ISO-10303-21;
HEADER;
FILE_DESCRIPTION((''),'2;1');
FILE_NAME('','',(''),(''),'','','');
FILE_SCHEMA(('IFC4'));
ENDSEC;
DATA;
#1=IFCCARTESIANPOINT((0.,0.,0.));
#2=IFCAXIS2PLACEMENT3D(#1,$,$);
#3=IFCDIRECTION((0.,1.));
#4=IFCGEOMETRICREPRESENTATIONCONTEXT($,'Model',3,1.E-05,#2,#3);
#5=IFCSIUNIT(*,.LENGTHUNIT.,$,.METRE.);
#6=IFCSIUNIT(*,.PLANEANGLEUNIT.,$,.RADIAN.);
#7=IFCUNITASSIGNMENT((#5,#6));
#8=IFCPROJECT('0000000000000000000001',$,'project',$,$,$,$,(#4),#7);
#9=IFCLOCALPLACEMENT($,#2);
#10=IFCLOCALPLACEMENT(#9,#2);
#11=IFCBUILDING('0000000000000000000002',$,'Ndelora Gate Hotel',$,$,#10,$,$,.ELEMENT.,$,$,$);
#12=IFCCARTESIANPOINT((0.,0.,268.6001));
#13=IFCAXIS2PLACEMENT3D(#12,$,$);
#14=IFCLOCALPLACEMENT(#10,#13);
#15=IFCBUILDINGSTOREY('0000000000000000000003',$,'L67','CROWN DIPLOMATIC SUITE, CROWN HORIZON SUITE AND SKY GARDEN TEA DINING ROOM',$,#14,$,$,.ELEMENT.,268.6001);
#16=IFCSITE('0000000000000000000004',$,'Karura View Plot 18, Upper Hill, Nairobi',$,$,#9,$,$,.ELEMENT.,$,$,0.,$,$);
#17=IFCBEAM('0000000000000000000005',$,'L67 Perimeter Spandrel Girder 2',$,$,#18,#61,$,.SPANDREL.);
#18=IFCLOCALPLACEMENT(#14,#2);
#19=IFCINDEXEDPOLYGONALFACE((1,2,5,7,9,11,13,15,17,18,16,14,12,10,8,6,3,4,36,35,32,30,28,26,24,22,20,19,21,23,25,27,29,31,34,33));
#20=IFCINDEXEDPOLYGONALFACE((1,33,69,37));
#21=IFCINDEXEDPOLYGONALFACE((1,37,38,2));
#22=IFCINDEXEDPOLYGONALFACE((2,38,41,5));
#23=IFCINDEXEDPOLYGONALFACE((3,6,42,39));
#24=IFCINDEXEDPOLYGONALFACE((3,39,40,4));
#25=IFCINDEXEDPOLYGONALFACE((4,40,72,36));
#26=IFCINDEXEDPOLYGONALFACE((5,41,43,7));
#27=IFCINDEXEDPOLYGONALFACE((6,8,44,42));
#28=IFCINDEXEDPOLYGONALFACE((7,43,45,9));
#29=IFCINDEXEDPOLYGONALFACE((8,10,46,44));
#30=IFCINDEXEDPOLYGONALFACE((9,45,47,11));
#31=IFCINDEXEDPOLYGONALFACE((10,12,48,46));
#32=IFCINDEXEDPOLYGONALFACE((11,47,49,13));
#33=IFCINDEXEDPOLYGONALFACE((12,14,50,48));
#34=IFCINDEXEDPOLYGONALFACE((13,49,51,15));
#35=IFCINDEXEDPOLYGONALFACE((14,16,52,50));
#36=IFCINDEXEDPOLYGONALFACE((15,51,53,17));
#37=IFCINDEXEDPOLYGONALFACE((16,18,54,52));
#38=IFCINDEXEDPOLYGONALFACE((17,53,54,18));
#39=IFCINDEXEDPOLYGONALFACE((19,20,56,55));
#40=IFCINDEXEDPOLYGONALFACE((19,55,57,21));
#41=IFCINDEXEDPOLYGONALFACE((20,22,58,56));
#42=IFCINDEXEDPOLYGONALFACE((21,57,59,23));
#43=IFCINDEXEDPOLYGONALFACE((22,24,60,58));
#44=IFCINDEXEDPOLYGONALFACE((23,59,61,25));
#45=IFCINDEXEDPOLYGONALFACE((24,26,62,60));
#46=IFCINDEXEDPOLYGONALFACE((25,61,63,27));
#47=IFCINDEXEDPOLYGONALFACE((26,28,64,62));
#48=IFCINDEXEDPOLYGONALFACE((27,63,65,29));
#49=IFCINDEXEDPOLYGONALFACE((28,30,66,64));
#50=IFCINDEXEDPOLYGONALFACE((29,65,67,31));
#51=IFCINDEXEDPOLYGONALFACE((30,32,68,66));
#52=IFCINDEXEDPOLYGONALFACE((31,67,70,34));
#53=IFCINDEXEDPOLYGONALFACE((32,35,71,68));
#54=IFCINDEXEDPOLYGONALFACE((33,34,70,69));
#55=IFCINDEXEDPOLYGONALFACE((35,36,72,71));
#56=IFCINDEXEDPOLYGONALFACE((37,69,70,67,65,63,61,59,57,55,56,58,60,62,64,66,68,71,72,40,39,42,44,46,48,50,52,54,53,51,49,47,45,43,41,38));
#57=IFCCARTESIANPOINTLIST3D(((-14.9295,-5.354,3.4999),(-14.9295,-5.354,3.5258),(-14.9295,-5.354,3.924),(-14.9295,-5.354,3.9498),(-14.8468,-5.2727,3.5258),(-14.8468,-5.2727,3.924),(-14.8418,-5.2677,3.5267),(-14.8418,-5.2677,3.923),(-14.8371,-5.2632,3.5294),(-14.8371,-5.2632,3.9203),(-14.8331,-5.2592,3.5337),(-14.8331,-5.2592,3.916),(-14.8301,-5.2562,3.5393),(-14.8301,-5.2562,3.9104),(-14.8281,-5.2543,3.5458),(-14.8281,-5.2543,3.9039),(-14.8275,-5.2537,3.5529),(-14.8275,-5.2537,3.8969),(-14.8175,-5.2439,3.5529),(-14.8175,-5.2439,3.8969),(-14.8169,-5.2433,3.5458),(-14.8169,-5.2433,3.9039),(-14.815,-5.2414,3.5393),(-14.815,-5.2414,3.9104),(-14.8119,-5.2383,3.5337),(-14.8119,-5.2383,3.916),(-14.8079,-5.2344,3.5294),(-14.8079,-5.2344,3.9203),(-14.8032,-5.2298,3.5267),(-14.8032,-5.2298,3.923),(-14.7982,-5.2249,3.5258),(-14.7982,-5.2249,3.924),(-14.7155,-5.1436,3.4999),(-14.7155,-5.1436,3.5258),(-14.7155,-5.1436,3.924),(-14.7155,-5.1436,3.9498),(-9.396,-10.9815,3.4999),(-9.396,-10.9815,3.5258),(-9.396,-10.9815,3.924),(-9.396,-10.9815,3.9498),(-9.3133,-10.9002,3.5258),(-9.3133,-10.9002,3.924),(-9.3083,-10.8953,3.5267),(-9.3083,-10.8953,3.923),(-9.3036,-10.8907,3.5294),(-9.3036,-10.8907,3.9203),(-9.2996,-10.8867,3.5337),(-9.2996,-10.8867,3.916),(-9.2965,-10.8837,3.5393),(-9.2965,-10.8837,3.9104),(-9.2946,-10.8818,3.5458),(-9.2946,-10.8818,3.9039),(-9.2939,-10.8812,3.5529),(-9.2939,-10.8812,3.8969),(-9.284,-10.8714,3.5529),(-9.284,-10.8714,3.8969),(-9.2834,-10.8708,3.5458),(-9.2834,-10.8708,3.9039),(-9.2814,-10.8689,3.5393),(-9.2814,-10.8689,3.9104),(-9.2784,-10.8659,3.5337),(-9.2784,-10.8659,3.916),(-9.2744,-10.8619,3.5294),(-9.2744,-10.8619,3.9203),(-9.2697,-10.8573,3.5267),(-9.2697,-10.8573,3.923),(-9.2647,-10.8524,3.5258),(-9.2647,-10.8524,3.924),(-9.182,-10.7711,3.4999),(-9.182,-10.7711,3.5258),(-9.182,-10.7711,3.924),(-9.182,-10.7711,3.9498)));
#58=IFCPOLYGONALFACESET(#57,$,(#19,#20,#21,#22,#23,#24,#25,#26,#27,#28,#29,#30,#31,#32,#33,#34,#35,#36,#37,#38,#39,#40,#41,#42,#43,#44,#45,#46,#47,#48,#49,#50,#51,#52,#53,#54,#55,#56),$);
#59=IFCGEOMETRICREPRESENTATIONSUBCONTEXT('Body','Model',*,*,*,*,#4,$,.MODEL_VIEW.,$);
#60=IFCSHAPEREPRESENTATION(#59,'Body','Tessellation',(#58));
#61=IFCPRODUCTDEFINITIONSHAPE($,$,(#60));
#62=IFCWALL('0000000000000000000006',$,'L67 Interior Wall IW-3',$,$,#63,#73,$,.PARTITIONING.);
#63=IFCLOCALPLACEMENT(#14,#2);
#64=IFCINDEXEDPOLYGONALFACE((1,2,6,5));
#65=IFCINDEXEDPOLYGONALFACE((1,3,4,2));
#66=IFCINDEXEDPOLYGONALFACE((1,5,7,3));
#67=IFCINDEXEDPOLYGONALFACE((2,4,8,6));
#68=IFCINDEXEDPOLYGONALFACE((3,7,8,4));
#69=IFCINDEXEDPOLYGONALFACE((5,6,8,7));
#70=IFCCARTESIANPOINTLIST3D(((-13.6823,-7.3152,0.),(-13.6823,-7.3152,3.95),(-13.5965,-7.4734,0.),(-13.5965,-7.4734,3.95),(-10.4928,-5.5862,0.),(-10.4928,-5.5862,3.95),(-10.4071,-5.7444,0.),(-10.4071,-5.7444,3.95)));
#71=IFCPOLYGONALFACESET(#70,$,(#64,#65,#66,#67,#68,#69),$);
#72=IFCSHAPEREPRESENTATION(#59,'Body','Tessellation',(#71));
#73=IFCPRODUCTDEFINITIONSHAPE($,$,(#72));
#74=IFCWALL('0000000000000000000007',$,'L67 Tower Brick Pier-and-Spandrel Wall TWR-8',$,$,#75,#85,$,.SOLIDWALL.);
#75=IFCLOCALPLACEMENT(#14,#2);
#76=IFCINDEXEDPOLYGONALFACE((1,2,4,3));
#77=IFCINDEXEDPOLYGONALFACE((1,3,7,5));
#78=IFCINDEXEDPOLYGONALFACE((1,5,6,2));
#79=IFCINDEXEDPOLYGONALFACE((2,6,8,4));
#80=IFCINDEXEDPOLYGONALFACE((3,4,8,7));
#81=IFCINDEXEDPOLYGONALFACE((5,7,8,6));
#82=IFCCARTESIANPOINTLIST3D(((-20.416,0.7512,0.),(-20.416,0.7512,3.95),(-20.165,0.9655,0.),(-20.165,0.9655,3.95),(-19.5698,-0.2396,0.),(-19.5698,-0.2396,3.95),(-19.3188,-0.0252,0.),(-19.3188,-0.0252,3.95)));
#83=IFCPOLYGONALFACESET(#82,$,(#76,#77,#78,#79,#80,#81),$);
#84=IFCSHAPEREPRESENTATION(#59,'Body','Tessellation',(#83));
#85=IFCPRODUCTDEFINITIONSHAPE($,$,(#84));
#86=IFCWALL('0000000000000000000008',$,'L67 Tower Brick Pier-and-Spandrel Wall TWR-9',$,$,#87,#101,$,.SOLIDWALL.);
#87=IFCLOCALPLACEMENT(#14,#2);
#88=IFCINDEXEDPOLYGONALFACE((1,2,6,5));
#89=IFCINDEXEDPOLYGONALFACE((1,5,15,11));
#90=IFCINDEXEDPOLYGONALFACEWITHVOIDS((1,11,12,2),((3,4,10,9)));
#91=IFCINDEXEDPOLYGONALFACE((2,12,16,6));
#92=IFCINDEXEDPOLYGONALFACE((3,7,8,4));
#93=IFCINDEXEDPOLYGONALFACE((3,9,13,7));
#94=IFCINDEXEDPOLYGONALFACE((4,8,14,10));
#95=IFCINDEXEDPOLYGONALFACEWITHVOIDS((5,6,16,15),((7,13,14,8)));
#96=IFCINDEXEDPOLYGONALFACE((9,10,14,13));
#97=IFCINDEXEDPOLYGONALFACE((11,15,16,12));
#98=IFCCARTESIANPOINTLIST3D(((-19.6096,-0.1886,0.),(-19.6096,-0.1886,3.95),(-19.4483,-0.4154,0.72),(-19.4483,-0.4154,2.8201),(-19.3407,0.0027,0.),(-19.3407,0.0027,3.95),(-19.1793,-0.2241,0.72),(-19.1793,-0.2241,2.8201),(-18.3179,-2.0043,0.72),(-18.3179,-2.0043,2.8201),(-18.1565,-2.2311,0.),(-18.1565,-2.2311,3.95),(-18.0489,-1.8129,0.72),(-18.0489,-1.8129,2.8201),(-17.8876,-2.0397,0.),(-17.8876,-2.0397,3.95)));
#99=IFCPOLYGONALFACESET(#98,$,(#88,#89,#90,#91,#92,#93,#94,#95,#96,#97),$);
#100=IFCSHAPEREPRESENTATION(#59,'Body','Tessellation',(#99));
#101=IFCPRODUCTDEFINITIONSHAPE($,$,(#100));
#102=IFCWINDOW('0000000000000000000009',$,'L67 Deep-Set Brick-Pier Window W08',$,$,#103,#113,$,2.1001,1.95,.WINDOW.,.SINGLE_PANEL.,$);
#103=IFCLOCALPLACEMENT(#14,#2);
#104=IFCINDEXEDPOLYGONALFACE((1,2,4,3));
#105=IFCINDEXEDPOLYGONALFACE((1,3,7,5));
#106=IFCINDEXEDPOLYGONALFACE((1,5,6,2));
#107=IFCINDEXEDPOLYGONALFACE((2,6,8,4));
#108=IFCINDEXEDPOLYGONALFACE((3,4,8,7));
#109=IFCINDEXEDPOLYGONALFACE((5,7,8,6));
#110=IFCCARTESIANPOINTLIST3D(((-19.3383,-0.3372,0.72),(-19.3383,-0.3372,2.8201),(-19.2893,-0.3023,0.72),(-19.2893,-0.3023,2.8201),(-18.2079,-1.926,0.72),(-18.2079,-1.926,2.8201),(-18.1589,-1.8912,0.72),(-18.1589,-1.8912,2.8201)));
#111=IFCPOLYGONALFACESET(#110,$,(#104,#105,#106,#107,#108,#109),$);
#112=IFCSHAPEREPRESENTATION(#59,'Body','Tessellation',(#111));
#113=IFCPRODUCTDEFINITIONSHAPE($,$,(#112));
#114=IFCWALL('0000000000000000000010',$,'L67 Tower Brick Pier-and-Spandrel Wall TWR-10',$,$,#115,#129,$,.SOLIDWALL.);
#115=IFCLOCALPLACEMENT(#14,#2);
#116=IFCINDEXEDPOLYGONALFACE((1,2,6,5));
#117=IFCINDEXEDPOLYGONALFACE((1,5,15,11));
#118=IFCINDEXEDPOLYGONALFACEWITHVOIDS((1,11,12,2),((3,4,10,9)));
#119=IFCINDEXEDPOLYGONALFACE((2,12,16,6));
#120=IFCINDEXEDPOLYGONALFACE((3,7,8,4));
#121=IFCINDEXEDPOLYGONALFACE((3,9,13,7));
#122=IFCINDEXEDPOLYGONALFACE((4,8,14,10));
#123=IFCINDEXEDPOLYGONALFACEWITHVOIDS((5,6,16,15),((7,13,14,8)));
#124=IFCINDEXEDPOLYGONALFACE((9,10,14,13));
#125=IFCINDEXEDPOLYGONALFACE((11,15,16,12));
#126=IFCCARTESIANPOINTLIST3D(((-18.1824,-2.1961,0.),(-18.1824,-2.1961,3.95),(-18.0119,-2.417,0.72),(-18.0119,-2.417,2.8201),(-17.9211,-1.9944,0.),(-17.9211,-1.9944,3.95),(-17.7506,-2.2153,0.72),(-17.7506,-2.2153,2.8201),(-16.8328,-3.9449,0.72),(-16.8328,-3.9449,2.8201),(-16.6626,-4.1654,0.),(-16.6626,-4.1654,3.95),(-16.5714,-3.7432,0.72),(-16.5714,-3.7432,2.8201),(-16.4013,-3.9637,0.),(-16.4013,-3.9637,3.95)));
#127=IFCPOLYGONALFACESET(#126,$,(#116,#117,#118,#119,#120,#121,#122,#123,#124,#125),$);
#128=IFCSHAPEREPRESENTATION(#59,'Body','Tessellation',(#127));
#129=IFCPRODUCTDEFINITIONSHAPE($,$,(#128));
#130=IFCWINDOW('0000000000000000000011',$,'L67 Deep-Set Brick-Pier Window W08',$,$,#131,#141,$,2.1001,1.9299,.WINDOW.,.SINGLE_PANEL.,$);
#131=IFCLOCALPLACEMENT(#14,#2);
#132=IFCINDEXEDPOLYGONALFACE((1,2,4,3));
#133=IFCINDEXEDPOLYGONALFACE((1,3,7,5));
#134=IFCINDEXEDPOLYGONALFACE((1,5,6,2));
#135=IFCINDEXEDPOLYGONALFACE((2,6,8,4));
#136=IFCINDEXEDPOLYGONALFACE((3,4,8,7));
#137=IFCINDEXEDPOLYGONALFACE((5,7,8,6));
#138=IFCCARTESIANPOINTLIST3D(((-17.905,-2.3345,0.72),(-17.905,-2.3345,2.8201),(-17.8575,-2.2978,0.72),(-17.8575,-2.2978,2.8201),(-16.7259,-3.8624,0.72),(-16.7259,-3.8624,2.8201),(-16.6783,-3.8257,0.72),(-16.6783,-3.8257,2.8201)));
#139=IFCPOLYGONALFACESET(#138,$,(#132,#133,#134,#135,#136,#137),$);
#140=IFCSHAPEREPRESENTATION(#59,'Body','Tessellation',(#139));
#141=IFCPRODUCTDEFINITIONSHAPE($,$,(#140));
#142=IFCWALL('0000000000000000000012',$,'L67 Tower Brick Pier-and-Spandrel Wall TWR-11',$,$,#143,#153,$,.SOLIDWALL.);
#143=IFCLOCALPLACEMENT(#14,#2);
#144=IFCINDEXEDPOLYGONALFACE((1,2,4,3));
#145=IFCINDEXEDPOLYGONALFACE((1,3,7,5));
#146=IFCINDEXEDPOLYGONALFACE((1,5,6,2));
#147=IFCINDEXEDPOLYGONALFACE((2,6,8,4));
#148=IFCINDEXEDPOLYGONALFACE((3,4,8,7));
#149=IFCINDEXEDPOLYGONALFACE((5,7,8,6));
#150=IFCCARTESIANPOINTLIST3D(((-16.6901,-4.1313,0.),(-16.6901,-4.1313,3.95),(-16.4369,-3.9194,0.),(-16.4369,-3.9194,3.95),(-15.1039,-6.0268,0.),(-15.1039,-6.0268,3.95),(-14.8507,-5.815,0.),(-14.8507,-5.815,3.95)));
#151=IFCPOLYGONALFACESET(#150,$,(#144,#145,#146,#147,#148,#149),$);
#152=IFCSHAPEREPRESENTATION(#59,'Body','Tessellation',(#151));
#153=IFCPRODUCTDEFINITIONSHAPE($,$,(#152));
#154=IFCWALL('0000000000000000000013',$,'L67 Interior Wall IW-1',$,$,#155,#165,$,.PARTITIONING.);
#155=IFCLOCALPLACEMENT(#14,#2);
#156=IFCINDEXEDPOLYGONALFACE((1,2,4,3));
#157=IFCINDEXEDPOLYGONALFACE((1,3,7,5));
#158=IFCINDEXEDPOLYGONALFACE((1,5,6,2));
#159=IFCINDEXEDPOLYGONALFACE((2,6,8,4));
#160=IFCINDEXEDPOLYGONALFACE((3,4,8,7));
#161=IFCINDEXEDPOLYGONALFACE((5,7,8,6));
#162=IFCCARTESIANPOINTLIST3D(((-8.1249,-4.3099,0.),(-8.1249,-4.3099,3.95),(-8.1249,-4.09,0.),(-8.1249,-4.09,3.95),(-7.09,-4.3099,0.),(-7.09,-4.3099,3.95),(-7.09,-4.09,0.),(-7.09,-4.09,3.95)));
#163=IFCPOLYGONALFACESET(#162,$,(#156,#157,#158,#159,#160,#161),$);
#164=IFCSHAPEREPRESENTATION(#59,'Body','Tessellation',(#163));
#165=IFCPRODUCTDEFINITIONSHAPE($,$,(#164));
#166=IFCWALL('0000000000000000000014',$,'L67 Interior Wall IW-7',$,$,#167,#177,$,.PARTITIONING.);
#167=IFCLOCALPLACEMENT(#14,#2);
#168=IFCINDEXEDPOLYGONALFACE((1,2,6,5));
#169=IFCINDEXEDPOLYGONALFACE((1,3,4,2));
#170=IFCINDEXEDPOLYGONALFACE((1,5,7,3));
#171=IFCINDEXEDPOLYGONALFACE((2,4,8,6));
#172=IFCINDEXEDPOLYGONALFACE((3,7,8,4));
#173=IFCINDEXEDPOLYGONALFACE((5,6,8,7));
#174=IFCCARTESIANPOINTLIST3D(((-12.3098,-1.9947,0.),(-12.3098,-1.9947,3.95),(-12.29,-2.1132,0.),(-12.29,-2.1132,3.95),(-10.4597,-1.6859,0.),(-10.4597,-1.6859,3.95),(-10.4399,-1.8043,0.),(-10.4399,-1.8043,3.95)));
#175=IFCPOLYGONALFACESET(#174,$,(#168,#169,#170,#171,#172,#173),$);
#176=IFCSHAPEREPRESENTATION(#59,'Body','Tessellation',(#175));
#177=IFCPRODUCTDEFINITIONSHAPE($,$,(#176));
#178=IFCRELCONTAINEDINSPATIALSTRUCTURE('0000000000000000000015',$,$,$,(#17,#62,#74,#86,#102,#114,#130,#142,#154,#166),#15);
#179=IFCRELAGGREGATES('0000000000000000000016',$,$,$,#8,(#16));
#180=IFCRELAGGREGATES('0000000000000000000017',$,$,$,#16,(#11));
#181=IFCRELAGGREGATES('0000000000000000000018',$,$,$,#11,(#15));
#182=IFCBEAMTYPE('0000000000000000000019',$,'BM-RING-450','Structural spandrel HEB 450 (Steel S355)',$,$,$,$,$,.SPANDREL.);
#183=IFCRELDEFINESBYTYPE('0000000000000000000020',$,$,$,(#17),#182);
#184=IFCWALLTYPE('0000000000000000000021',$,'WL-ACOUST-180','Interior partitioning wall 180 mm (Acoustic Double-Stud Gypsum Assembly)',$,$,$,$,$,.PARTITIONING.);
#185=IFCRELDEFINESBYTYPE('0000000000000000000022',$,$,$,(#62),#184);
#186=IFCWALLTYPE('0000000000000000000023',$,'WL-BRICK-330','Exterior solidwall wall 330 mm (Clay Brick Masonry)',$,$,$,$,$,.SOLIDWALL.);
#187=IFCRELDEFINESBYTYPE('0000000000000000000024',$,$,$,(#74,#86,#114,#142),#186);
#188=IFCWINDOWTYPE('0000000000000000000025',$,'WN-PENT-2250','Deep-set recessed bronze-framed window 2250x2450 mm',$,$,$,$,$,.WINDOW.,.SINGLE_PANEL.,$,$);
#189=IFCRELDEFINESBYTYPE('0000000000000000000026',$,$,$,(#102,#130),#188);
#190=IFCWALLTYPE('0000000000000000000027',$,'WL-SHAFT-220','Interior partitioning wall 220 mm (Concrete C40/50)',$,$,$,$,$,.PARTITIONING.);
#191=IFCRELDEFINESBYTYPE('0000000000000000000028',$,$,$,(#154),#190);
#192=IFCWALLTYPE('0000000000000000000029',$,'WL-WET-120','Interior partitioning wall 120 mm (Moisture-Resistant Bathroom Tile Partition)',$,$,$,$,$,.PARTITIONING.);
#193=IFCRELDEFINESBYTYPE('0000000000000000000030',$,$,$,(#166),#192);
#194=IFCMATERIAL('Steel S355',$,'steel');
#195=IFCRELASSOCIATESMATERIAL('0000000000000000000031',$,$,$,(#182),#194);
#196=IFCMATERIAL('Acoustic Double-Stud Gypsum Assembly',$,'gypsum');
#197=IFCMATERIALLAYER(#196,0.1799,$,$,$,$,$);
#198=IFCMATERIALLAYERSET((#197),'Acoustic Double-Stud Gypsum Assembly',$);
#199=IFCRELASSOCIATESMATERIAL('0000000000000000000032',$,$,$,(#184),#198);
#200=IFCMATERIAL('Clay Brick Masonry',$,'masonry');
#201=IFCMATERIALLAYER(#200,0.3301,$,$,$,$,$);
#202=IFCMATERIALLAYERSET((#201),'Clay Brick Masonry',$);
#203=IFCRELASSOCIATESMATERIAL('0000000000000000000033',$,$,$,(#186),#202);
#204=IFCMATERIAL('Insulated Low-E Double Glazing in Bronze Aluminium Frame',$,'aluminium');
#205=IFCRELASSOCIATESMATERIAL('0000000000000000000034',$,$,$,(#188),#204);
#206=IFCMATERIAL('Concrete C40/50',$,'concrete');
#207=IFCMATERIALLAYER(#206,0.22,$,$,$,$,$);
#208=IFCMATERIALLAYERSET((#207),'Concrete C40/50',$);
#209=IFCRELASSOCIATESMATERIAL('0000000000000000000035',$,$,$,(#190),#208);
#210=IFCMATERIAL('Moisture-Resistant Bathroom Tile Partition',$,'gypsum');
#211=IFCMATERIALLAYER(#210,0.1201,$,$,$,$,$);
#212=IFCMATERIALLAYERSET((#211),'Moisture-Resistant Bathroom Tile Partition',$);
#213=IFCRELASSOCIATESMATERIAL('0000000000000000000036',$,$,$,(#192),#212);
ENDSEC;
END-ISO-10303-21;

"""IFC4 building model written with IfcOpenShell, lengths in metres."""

from ifc_helpers import new_model, si_unit, direction, frame, frame_2d, origin, origin_2d, place, context, subcontext, project, spatial, rectangle, i_section, extrude, material, layer, layer_set, material_profile, profile_set, type_object, element, fill, save


model = new_model("IFC4")

# Units and contexts
model_context = context("Model", 3, precision=1e-05, world=origin(), true_north=direction((0.0, 1.0)))
body_context = subcontext(model_context, "Body", "Model", "MODEL_VIEW")
ifc_project = project(units=[si_unit("LENGTHUNIT", "METRE"), si_unit("PLANEANGLEUNIT", "RADIAN")], contexts=[model_context])

# Site, building, storey
site_placement = place(None, origin())
site = spatial("IfcSite", under=ifc_project, at=site_placement, Name="Karura View Plot 18, Upper Hill, Nairobi", CompositionType="ELEMENT", RefElevation=0.0)
building_placement = place(site_placement, origin())
building = spatial("IfcBuilding", under=site, at=building_placement, Name="Ndelora Gate Hotel", CompositionType="ELEMENT")
storey_placement = place(building_placement, frame((0.0, 0.0, 268.6001)))
storey = spatial("IfcBuildingStorey", under=building, at=storey_placement, Name="L67", Description="CROWN DIPLOMATIC SUITE, CROWN HORIZON SUITE AND SKY GARDEN TEA DINING ROOM", CompositionType="ELEMENT", Elevation=268.6001)

# Beam
ifc_material_1 = material(Name="Steel S355", Category="steel")
ifc_material_profile_1 = material_profile(ifc_material_1, i_section(OverallWidth=0.3, OverallDepth=0.45, WebThickness=0.0139, FlangeThickness=0.0259, FilletRadius=0.0271, at=origin_2d()), Name="HEB 450")
ifc_profile_set_1 = profile_set([ifc_material_profile_1], Name="Steel S355")
beam_type_1 = type_object("IfcBeamType", Name="BM-RING-450", Description="Structural spandrel HEB 450 (Steel S355)", PredefinedType="SPANDREL", material=ifc_profile_set_1)
beam_1_placement = place(storey_placement, frame((-14.8225, -5.2488, 3.7249), z_axis=(0.701127, -0.713037, 0.0), x_axis=(0.713037, 0.701127, 0.0)))
element("IfcBeam", 1, at=beam_1_placement, inside=storey, type_object=beam_type_1, Name="L67 Perimeter Spandrel Girder 2", PredefinedType="SPANDREL", context=body_context, shape_type="SweptSolid", body=[
    extrude(i_section(OverallWidth=0.3, OverallDepth=0.45, WebThickness=0.0139, FlangeThickness=0.0259, FilletRadius=0.0271, at=origin_2d()), origin(), (0.0, 0.0, 1.0), 7.8923),
])

# Walls
ifc_material_2 = material(Name="Acoustic Double-Stud Gypsum Assembly", Category="gypsum")
ifc_layer_1 = layer(ifc_material_2, 0.1799)
ifc_layer_set_1 = layer_set([ifc_layer_1], Name="Acoustic Double-Stud Gypsum Assembly")
wall_type_1 = type_object("IfcWallType", Name="WL-ACOUST-180", Description="Interior partitioning wall 180 mm (Acoustic Double-Stud Gypsum Assembly)", PredefinedType="PARTITIONING", material=ifc_layer_set_1)
wall_1_placement = place(storey_placement, frame((-10.45, -5.6653, 0.0), z_axis=(0.0, 0.0, 1.0), x_axis=(-0.879132, -0.476578, 0.0)))
element("IfcWall", 2, at=wall_1_placement, inside=storey, type_object=wall_type_1, Name="L67 Interior Wall IW-3", PredefinedType="PARTITIONING", context=body_context, shape_type="SweptSolid", body=[
    extrude(rectangle(XDim=3.6279, YDim=0.1799, at=frame_2d((1.814, 0.0))), origin(), (0.0, 0.0, 1.0), 3.95),
])
ifc_material_3 = material(Name="Clay Brick Masonry", Category="masonry")
ifc_layer_2 = layer(ifc_material_3, 0.3301)
ifc_layer_set_2 = layer_set([ifc_layer_2], Name="Clay Brick Masonry")
wall_type_2 = type_object("IfcWallType", Name="WL-BRICK-330", Description="Exterior solidwall wall 330 mm (Clay Brick Masonry)", PredefinedType="SOLIDWALL", material=ifc_layer_set_2)
wall_2_placement = place(storey_placement, frame((-19.4443, -0.1323, 0.0), z_axis=(0.0, 0.0, 1.0), x_axis=(-0.649463, 0.760393, 0.0)))
element("IfcWall", 3, at=wall_2_placement, inside=storey, type_object=wall_type_2, Name="L67 Tower Brick Pier-and-Spandrel Wall TWR-8", PredefinedType="SOLIDWALL", context=body_context, shape_type="SweptSolid", body=[
    extrude(rectangle(XDim=1.303, YDim=0.3301, at=frame_2d((0.6514, 0.0))), origin(), (0.0, 0.0, 1.0), 3.95),
])

# Walls, openings, windows
wall_3_placement = place(storey_placement, frame((-18.022, -2.1355, 0.0), z_axis=(0.0, 0.0, 1.0), x_axis=(-0.579708, 0.814824, 0.0)))
wall_3 = element("IfcWall", 4, at=wall_3_placement, inside=storey, type_object=wall_type_2, Name="L67 Tower Brick Pier-and-Spandrel Wall TWR-9", PredefinedType="SOLIDWALL", context=body_context, shape_type="SweptSolid", body=[
    extrude(rectangle(XDim=2.5066, YDim=0.3301, at=frame_2d((1.2534, 0.0))), origin(), (0.0, 0.0, 1.0), 3.95),
])
opening_1_placement = place(wall_3_placement, frame((0.2783, 0.0, 0.72)))
opening_1 = element("IfcOpeningElement", 5, at=opening_1_placement, cuts=wall_3, PredefinedType="OPENING", context=body_context, shape_type="SweptSolid", body=[
    extrude(rectangle(XDim=1.95, YDim=2.1001, at=frame_2d((0.9751, 1.05))), frame((0.0, 0.175, 0.0), z_axis=(0.0, -1.0, 0.0), x_axis=(1.0, 0.0, 0.0)), (0.0, 0.0, 1.0), 0.3501),
])
ifc_material_4 = material(Name="Insulated Low-E Double Glazing in Bronze Aluminium Frame", Category="aluminium")
window_type = type_object("IfcWindowType", Name="WN-PENT-2250", Description="Deep-set recessed bronze-framed window 2250x2450 mm", PartitioningType="SINGLE_PANEL", PredefinedType="WINDOW", material=ifc_material_4)
window_1_placement = place(opening_1_placement, origin())
window_1 = element("IfcWindow", 6, at=window_1_placement, inside=storey, type_object=window_type, Name="L67 Deep-Set Brick-Pier Window W08", OverallHeight=2.1001, OverallWidth=1.95, PartitioningType="SINGLE_PANEL", PredefinedType="WINDOW", context=body_context, shape_type="SweptSolid", body=[
    extrude(rectangle(XDim=1.95, YDim=2.1001, at=frame_2d((0.9751, 1.05))), frame((0.0, 0.03, 0.0), z_axis=(0.0, -1.0, 0.0), x_axis=(1.0, 0.0, 0.0)), (0.0, 0.0, 1.0), 0.0601),
])
fill(opening_1, window_1)
wall_4_placement = place(storey_placement, frame((-16.532, -4.0645, 0.0), z_axis=(0.0, 0.0, 1.0), x_axis=(-0.610967, 0.791656, 0.0)))
wall_4 = element("IfcWall", 7, at=wall_4_placement, inside=storey, type_object=wall_type_2, Name="L67 Tower Brick Pier-and-Spandrel Wall TWR-10", PredefinedType="SOLIDWALL", context=body_context, shape_type="SweptSolid", body=[
    extrude(rectangle(XDim=2.4875, YDim=0.3301, at=frame_2d((1.2437, 0.0))), origin(), (0.0, 0.0, 1.0), 3.95),
])
opening_2_placement = place(wall_4_placement, frame((0.2786, 0.0, 0.72)))
opening_2 = element("IfcOpeningElement", 8, at=opening_2_placement, cuts=wall_4, PredefinedType="OPENING", context=body_context, shape_type="SweptSolid", body=[
    extrude(rectangle(XDim=1.9299, YDim=2.1001, at=frame_2d((0.9648, 1.05))), frame((0.0, 0.175, 0.0), z_axis=(0.0, -1.0, 0.0), x_axis=(1.0, 0.0, 0.0)), (0.0, 0.0, 1.0), 0.3501),
])
window_2_placement = place(opening_2_placement, origin())
window_2 = element("IfcWindow", 9, at=window_2_placement, inside=storey, type_object=window_type, Name="L67 Deep-Set Brick-Pier Window W08", OverallHeight=2.1001, OverallWidth=1.9299, PartitioningType="SINGLE_PANEL", PredefinedType="WINDOW", context=body_context, shape_type="SweptSolid", body=[
    extrude(rectangle(XDim=1.9299, YDim=2.1001, at=frame_2d((0.9648, 1.05))), frame((0.0, 0.03, 0.0), z_axis=(0.0, -1.0, 0.0), x_axis=(1.0, 0.0, 0.0)), (0.0, 0.0, 1.0), 0.0601),
])
fill(opening_2, window_2)

# Walls
wall_5_placement = place(storey_placement, frame((-14.9773, -5.9209, 0.0), z_axis=(0.0, 0.0, 1.0), x_axis=(-0.641757, 0.766908, 0.0)))
element("IfcWall", 10, at=wall_5_placement, inside=storey, type_object=wall_type_2, Name="L67 Tower Brick Pier-and-Spandrel Wall TWR-11", PredefinedType="SOLIDWALL", context=body_context, shape_type="SweptSolid", body=[
    extrude(rectangle(XDim=2.4717, YDim=0.3301, at=frame_2d((1.2358, 0.0))), origin(), (0.0, 0.0, 1.0), 3.95),
])
ifc_material_5 = material(Name="Concrete C40/50", Category="concrete")
ifc_layer_3 = layer(ifc_material_5, 0.22)
ifc_layer_set_3 = layer_set([ifc_layer_3], Name="Concrete C40/50")
wall_type_3 = type_object("IfcWallType", Name="WL-SHAFT-220", Description="Interior partitioning wall 220 mm (Concrete C40/50)", PredefinedType="PARTITIONING", material=ifc_layer_set_3)
wall_6_placement = place(storey_placement, frame((-8.125, -4.2, 0.0), z_axis=(0.0, 0.0, 1.0), x_axis=(1.0, 0.0, 0.0)))
element("IfcWall", 11, at=wall_6_placement, inside=storey, type_object=wall_type_3, Name="L67 Interior Wall IW-1", PredefinedType="PARTITIONING", context=body_context, shape_type="SweptSolid", body=[
    extrude(rectangle(XDim=1.0349, YDim=0.22, at=frame_2d((0.5176, 0.0))), origin(), (0.0, 0.0, 1.0), 3.95),
])
ifc_material_6 = material(Name="Moisture-Resistant Bathroom Tile Partition", Category="gypsum")
ifc_layer_4 = layer(ifc_material_6, 0.1201)
ifc_layer_set_4 = layer_set([ifc_layer_4], Name="Moisture-Resistant Bathroom Tile Partition")
wall_type_4 = type_object("IfcWallType", Name="WL-WET-120", Description="Interior partitioning wall 120 mm (Moisture-Resistant Bathroom Tile Partition)", PredefinedType="PARTITIONING", material=ifc_layer_set_4)
wall_7_placement = place(storey_placement, frame((-12.3, -2.054, 0.0), z_axis=(0.0, 0.0, 1.0), x_axis=(0.986352, 0.164652, 0.0)))
element("IfcWall", 12, at=wall_7_placement, inside=storey, type_object=wall_type_4, Name="L67 Interior Wall IW-7", PredefinedType="PARTITIONING", context=body_context, shape_type="SweptSolid", body=[
    extrude(rectangle(XDim=1.8757, YDim=0.1201, at=frame_2d((0.938, 0.0))), origin(), (0.0, 0.0, 1.0), 3.95),
])

save(model, "model.ifc")
